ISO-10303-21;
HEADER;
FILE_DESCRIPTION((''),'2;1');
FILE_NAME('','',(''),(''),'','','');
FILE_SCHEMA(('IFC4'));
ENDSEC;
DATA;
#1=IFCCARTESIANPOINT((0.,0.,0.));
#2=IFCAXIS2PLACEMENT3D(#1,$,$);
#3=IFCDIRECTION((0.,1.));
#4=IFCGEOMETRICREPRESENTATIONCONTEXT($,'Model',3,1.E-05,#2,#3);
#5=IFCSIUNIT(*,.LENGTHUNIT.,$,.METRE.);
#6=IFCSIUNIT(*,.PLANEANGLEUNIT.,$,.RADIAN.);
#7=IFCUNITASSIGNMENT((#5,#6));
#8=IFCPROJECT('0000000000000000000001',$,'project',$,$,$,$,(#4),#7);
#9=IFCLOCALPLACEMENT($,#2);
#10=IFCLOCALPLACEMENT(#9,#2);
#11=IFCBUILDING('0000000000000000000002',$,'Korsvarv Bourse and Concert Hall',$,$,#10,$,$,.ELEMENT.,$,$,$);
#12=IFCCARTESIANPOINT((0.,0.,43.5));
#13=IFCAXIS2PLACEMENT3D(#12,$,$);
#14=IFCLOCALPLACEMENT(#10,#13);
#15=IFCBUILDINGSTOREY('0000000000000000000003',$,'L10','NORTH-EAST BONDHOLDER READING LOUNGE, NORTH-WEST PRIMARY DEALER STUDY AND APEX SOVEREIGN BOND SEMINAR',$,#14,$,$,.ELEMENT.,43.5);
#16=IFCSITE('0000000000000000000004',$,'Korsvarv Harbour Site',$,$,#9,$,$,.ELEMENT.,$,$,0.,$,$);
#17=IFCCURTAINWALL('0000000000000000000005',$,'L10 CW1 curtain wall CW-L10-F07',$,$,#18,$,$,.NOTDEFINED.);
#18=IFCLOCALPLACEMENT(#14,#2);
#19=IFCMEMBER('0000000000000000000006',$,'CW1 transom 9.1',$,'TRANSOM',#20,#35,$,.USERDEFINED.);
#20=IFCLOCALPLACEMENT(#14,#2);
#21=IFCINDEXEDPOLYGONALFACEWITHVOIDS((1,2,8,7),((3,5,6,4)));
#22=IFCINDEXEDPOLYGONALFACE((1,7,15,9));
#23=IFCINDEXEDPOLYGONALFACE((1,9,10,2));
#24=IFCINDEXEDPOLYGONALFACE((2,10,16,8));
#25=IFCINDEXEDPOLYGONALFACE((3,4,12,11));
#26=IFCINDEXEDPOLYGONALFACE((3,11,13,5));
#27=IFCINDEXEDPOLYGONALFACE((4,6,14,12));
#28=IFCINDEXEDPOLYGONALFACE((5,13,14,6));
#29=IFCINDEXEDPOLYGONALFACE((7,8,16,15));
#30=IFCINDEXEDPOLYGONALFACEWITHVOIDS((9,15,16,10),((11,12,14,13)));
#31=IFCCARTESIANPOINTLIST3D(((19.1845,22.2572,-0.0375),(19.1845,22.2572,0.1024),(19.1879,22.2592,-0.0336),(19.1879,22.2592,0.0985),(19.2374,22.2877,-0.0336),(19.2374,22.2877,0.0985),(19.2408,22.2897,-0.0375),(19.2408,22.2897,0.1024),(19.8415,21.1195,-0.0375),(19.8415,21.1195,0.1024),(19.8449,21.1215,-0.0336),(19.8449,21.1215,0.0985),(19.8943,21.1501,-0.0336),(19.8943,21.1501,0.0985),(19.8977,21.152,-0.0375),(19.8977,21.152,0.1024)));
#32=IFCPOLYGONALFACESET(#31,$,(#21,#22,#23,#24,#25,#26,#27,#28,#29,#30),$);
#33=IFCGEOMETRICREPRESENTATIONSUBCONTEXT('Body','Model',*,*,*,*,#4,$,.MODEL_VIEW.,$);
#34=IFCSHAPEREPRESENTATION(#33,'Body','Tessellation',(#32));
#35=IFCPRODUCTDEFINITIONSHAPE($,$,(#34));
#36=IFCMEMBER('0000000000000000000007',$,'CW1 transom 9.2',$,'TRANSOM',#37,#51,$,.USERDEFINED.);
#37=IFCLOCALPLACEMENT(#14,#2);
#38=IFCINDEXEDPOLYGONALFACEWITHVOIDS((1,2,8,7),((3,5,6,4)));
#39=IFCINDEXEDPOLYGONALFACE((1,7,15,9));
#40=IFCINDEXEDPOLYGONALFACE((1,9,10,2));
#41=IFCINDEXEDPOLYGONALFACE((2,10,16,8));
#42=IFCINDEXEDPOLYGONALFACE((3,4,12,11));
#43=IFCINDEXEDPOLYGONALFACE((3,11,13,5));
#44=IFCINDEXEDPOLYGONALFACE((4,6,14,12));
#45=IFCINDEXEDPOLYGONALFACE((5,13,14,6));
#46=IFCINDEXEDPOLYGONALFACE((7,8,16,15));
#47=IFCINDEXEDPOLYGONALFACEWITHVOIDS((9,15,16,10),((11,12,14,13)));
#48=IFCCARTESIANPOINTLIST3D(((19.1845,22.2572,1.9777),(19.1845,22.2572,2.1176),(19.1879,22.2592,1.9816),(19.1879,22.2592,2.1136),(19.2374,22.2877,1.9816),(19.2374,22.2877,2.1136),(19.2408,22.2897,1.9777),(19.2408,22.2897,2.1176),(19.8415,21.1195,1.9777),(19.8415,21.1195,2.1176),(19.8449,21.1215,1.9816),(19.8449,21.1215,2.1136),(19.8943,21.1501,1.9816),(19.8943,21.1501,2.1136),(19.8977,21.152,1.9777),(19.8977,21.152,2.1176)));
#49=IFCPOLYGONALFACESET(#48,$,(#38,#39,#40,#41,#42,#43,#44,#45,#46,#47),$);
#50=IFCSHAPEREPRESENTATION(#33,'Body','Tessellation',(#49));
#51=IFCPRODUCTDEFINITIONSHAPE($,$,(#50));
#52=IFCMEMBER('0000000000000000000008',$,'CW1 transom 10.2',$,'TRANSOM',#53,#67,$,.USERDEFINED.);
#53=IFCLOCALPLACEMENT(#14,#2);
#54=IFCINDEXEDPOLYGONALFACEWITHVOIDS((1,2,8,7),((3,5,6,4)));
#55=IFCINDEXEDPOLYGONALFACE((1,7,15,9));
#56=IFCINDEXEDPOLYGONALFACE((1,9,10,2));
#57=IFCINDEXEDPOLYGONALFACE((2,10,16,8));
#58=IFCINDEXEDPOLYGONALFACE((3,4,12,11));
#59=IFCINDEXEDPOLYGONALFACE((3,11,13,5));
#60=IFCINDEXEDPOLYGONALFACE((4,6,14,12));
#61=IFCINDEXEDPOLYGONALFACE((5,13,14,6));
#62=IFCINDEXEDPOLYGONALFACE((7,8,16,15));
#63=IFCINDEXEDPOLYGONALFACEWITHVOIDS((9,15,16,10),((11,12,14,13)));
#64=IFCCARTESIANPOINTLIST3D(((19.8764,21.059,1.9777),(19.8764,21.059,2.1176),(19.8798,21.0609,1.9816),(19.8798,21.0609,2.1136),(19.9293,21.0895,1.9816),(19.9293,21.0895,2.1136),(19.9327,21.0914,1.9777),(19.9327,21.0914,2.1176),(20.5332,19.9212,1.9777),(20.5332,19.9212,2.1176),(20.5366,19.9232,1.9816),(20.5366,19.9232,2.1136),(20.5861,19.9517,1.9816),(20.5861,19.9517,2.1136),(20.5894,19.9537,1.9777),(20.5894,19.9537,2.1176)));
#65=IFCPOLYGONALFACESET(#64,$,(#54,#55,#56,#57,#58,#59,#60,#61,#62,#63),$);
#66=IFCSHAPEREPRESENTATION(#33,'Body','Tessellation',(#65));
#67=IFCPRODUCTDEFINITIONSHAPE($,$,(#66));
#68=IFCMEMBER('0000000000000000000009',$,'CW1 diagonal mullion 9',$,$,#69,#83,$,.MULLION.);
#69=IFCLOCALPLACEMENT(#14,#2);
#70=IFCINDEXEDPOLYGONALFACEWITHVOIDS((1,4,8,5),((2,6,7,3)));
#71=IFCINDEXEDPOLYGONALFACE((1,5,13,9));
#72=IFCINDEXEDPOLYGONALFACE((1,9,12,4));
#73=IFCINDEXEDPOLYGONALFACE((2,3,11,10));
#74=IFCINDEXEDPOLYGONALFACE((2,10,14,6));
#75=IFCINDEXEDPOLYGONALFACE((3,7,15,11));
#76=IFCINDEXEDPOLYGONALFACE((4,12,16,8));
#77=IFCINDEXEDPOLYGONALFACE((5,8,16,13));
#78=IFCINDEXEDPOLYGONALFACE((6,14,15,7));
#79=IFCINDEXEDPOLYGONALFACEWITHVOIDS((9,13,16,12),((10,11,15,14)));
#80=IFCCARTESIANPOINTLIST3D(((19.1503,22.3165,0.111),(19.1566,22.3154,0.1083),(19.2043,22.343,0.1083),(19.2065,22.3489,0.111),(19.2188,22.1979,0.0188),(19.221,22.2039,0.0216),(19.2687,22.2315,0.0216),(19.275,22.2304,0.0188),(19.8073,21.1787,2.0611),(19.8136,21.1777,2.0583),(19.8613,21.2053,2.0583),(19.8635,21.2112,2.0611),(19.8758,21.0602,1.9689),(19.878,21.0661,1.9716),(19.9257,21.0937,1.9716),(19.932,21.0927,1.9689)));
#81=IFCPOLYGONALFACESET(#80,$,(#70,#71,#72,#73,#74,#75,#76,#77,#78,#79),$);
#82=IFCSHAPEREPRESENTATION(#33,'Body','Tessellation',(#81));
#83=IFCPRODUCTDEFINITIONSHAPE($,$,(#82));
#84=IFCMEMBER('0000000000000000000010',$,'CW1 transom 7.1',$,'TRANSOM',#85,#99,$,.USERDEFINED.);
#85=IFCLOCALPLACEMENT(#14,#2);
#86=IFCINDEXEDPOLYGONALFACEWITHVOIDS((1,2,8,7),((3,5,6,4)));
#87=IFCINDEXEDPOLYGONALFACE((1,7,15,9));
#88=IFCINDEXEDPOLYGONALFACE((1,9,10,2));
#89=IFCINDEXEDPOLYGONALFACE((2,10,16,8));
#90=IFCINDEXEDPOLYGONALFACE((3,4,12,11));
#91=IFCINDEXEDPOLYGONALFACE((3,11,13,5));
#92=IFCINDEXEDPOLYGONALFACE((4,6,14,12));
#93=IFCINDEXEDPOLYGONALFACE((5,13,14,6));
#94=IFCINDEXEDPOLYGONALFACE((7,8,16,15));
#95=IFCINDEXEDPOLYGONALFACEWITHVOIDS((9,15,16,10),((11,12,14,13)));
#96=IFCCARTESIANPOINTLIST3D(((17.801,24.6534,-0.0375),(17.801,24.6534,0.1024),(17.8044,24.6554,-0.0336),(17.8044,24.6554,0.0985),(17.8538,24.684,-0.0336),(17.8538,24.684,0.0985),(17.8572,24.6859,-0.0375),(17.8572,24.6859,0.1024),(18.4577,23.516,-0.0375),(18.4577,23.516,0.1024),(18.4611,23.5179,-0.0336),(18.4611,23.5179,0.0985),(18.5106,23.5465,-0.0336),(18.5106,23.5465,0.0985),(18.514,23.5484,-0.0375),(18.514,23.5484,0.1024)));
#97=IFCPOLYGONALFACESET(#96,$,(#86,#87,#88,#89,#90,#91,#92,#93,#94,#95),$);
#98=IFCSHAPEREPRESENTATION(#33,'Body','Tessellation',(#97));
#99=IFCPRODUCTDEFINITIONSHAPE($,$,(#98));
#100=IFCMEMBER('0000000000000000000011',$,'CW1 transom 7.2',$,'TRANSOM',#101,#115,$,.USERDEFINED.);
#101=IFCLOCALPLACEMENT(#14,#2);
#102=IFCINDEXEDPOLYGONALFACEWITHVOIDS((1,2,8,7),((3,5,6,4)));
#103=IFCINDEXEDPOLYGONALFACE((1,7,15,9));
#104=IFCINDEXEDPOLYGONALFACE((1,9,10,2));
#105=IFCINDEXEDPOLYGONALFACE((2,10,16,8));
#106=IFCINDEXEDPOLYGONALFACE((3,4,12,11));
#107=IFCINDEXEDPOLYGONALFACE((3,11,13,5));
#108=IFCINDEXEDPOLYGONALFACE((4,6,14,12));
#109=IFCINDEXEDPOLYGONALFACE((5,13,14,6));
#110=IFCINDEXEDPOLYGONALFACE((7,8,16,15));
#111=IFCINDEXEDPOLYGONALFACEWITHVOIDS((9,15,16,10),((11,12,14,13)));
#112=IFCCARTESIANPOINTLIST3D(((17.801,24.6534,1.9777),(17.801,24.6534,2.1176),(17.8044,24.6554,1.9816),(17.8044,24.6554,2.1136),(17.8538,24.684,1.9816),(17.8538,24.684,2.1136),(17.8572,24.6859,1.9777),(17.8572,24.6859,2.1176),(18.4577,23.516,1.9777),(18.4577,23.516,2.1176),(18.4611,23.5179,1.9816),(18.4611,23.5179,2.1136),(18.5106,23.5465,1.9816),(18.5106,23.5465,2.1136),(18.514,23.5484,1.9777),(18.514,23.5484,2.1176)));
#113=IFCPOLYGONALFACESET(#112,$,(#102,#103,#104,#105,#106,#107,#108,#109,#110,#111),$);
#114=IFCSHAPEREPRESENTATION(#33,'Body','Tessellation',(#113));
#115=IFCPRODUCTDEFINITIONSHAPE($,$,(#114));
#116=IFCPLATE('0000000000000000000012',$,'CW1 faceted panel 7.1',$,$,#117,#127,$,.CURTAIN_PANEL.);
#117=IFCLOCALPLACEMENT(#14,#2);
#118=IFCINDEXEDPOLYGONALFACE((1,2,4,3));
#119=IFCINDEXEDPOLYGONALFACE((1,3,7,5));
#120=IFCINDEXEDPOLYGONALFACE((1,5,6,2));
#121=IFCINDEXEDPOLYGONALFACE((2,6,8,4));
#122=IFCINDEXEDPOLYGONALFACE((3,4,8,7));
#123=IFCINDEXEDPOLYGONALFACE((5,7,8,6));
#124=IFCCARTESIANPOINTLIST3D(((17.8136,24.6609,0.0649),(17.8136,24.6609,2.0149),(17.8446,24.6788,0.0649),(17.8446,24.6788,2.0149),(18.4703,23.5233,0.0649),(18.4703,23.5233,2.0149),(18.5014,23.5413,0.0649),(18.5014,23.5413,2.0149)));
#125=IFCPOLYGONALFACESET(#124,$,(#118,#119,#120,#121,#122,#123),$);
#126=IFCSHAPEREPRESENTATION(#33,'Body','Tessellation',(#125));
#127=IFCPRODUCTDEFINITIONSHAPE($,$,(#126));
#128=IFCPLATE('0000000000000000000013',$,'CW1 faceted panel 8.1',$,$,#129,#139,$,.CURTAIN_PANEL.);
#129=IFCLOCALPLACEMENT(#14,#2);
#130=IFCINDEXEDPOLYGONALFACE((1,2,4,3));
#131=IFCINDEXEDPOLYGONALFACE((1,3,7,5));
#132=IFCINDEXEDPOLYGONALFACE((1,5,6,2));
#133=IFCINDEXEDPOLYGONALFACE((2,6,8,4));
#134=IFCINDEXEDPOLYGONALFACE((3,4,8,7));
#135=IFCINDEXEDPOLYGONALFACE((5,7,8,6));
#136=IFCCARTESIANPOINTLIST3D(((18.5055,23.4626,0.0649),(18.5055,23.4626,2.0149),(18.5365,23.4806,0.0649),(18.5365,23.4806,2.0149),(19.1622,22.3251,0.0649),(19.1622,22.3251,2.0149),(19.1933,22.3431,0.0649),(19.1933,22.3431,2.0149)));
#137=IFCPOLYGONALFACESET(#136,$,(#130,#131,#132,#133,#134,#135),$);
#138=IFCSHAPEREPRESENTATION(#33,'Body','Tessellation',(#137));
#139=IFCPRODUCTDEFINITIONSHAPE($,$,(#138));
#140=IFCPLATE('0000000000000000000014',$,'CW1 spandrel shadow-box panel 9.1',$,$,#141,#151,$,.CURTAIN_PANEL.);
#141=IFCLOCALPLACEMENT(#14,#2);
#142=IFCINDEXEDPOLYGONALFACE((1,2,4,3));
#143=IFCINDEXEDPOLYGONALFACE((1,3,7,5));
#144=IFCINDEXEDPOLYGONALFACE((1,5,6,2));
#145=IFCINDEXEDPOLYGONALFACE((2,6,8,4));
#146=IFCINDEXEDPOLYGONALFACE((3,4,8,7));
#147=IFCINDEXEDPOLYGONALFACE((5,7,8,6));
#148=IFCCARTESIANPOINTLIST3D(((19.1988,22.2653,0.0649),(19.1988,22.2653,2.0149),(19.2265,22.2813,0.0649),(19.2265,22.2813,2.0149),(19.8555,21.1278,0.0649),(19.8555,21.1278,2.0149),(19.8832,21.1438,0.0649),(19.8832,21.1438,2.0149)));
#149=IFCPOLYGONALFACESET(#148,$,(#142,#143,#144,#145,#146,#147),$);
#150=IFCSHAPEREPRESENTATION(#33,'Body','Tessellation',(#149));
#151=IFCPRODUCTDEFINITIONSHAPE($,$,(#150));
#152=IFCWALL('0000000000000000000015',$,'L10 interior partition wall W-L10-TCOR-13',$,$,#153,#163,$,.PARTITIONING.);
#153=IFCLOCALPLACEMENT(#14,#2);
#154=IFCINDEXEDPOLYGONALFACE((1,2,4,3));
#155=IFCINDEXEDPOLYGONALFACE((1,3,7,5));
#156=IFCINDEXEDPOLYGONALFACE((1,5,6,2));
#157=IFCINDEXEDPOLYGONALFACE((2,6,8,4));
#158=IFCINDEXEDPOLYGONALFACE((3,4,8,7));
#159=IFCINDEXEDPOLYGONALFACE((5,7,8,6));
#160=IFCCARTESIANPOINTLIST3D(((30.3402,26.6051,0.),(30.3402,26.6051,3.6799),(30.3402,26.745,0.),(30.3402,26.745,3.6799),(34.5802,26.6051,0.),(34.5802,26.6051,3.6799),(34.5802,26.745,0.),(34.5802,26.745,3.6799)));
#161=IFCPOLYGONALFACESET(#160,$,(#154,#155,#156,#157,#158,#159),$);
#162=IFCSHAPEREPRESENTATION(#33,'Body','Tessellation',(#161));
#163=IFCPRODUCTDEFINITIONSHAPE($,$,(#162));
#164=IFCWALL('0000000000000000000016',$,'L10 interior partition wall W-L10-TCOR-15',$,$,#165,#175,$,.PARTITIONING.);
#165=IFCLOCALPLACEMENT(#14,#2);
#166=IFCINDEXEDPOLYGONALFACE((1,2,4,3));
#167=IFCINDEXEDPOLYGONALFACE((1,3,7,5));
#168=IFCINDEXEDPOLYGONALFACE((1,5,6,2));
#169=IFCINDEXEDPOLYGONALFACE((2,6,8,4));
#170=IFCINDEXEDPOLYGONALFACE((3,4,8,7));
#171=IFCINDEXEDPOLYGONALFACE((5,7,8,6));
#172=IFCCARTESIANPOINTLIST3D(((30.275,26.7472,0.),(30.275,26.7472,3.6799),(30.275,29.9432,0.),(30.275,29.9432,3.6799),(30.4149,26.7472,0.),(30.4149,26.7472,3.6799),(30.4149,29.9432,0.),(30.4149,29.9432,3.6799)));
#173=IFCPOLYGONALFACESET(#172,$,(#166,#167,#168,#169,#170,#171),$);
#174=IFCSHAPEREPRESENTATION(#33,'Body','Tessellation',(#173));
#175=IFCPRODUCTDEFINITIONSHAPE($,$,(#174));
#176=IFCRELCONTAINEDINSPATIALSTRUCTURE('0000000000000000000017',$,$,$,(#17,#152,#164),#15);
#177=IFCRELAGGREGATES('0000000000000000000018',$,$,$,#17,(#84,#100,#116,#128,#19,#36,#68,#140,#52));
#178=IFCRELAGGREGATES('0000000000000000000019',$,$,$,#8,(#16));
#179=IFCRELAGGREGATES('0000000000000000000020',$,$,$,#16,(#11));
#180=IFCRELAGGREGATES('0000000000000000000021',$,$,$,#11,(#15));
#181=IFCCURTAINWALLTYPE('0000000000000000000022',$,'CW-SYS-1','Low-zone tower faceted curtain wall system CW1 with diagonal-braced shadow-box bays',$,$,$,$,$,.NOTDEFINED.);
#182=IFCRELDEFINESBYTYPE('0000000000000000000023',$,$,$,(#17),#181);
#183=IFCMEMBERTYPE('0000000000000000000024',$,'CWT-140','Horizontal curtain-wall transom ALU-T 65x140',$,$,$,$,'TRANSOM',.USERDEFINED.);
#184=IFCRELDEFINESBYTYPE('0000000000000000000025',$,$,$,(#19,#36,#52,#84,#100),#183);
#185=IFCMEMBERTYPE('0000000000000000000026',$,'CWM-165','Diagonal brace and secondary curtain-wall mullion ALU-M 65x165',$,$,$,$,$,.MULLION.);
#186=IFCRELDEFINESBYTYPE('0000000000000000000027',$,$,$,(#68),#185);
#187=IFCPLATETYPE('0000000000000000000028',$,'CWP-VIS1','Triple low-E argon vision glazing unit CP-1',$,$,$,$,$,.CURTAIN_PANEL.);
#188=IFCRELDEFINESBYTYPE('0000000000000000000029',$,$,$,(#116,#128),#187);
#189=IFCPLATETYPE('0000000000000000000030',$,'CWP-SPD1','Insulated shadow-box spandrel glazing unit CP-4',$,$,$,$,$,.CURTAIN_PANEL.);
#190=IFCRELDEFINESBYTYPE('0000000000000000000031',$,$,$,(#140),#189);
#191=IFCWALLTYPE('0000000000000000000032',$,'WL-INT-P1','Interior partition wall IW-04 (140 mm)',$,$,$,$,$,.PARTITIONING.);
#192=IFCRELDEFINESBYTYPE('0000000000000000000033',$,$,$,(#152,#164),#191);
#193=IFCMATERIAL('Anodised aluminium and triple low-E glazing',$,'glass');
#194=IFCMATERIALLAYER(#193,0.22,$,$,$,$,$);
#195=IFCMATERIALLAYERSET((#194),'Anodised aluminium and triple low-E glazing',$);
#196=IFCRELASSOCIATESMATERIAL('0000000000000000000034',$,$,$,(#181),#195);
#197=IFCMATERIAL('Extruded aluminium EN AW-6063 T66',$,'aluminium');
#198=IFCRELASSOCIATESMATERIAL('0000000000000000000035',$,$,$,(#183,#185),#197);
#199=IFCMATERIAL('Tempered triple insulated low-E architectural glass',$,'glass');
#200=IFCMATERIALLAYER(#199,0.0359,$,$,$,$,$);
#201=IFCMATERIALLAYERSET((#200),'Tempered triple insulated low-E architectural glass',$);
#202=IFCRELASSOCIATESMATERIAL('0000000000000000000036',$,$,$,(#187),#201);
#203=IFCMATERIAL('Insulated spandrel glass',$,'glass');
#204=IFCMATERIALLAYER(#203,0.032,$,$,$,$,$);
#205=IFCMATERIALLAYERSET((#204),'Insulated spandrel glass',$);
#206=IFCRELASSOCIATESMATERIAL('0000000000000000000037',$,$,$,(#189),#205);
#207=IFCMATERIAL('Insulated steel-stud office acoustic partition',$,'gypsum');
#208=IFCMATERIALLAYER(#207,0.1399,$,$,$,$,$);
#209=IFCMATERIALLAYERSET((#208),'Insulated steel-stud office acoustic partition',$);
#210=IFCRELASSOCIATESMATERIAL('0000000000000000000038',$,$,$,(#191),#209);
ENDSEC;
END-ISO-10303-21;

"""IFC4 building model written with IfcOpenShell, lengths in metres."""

from ifc_helpers import new_model, si_unit, direction, frame, frame_2d, origin, origin_2d, place, context, subcontext, project, spatial, rectangle, hollow_rectangle, extrude, source, transform, mapped, material, layer, layer_set, material_profile, profile_set, type_object, element, aggregate, save


model = new_model("IFC4")

# Units and contexts
model_context = context("Model", 3, precision=1e-05, world=origin(), true_north=direction((0.0, 1.0)))
body_context = subcontext(model_context, "Body", "Model", "MODEL_VIEW")
ifc_project = project(units=[si_unit("LENGTHUNIT", "METRE"), si_unit("PLANEANGLEUNIT", "RADIAN")], contexts=[model_context])

# Site, building, storey
site_placement = place(None, origin())
site = spatial("IfcSite", under=ifc_project, at=site_placement, Name="Korsvarv Harbour Site", CompositionType="ELEMENT", RefElevation=0.0)
building_placement = place(site_placement, origin())
building = spatial("IfcBuilding", under=site, at=building_placement, Name="Korsvarv Bourse and Concert Hall", CompositionType="ELEMENT")
storey_placement = place(building_placement, frame((0.0, 0.0, 43.5)))
storey = spatial("IfcBuildingStorey", under=building, at=storey_placement, Name="L10", Description="NORTH-EAST BONDHOLDER READING LOUNGE, NORTH-WEST PRIMARY DEALER STUDY AND APEX SOVEREIGN BOND SEMINAR", CompositionType="ELEMENT", Elevation=43.5)

# Curtain wall, members, plates
ifc_material_1 = material(Name="Anodised aluminium and triple low-E glazing", Category="glass")
ifc_layer_1 = layer(ifc_material_1, 0.22)
ifc_layer_set_1 = layer_set([ifc_layer_1], Name="Anodised aluminium and triple low-E glazing")
curtain_wall_type = type_object("IfcCurtainWallType", Name="CW-SYS-1", Description="Low-zone tower faceted curtain wall system CW1 with diagonal-braced shadow-box bays", PredefinedType="NOTDEFINED", material=ifc_layer_set_1)
curtain_wall_placement = place(storey_placement, origin())
curtain_wall = element("IfcCurtainWall", 1, at=curtain_wall_placement, inside=storey, type_object=curtain_wall_type, Name="L10 CW1 curtain wall CW-L10-F07", PredefinedType="NOTDEFINED")
ifc_material_2 = material(Name="Extruded aluminium EN AW-6063 T66", Category="aluminium")
ifc_material_profile_1 = material_profile(ifc_material_2, hollow_rectangle(XDim=0.0649, YDim=0.1399, WallThickness=0.0039, at=origin_2d()), Name="ALU-T 65x140")
ifc_profile_set_1 = profile_set([ifc_material_profile_1], Name="Extruded aluminium EN AW-6063 T66")
member_type_1 = type_object("IfcMemberType", Name="CWT-140", Description="Horizontal curtain-wall transom ALU-T 65x140", ElementType="TRANSOM", PredefinedType="USERDEFINED", material=ifc_profile_set_1)
shared_shape_1 = source(origin(), body_context, "Body", "SweptSolid", [
    extrude(hollow_rectangle(XDim=0.0649, YDim=0.1399, WallThickness=0.0039, at=origin_2d()), origin(), (0.0, 0.0, 1.0), 1.3137),
])
member_1_placement = place(storey_placement, frame((19.2126, 22.2734, 0.0325), z_axis=(0.500076, -0.865981, 0.0), x_axis=(0.865981, 0.500076, 0.0)))
member_1 = element("IfcMember", 2, at=member_1_placement, type_object=member_type_1, Name="CW1 transom 9.1", ObjectType="TRANSOM", PredefinedType="USERDEFINED", context=body_context, shape_type="MappedRepresentation", body=[
    mapped(shared_shape_1, transform((0.0, 0.0, 0.0), scale=1.0)),
])
member_2_placement = place(storey_placement, frame((19.2126, 22.2734, 2.0476), z_axis=(0.500076, -0.865981, 0.0), x_axis=(0.865981, 0.500076, 0.0)))
member_2 = element("IfcMember", 3, at=member_2_placement, type_object=member_type_1, Name="CW1 transom 9.2", ObjectType="TRANSOM", PredefinedType="USERDEFINED", context=body_context, shape_type="MappedRepresentation", body=[
    mapped(shared_shape_1, transform((0.0, 0.0, 0.0), scale=1.0)),
])
member_3_placement = place(storey_placement, frame((19.9045, 21.0752, 2.0476), z_axis=(0.499937, -0.866062, 0.0), x_axis=(0.866062, 0.499937, 0.0)))
member_3 = element("IfcMember", 4, at=member_3_placement, type_object=member_type_1, Name="CW1 transom 10.2", ObjectType="TRANSOM", PredefinedType="USERDEFINED", context=body_context, shape_type="MappedRepresentation", body=[
    mapped(shared_shape_1, transform((0.0, 0.0, 0.0), scale=1.0)),
])
ifc_material_profile_2 = material_profile(ifc_material_2, hollow_rectangle(XDim=0.0649, YDim=0.165, WallThickness=0.0049, at=origin_2d()), Name="ALU-M 65x165")
ifc_profile_set_2 = profile_set([ifc_material_profile_2], Name="Extruded aluminium EN AW-6063 T66")
member_type_2 = type_object("IfcMemberType", Name="CWM-165", Description="Diagonal brace and secondary curtain-wall mullion ALU-M 65x165", PredefinedType="MULLION", material=ifc_profile_set_2)
shared_shape_2 = source(origin(), body_context, "Body", "SweptSolid", [
    extrude(hollow_rectangle(XDim=0.0649, YDim=0.165, WallThickness=0.0049, at=origin_2d()), origin(), (0.0, 0.0, 1.0), 2.3513),
])
member_4_placement = place(storey_placement, frame((19.2126, 22.2734, 0.0649), z_axis=(0.279421, -0.483872, 0.829332), x_axis=(0.865981, 0.500076, 0.0)))
member_4 = element("IfcMember", 5, at=member_4_placement, type_object=member_type_2, Name="CW1 diagonal mullion 9", PredefinedType="MULLION", context=body_context, shape_type="MappedRepresentation", body=[
    mapped(shared_shape_2, transform((0.0, 0.0, 0.0), scale=1.0)),
])
shared_shape_3 = source(origin(), body_context, "Body", "SweptSolid", [
    extrude(hollow_rectangle(XDim=0.0649, YDim=0.1399, WallThickness=0.0039, at=origin_2d()), origin(), (0.0, 0.0, 1.0), 1.3135),
])
member_5_placement = place(storey_placement, frame((17.8291, 24.6697, 0.0325), z_axis=(0.500017, -0.866015, 0.0), x_axis=(0.866015, 0.500017, 0.0)))
member_5 = element("IfcMember", 6, at=member_5_placement, type_object=member_type_1, Name="CW1 transom 7.1", ObjectType="TRANSOM", PredefinedType="USERDEFINED", context=body_context, shape_type="MappedRepresentation", body=[
    mapped(shared_shape_3, transform((0.0, 0.0, 0.0), scale=1.0)),
])
member_6_placement = place(storey_placement, frame((17.8291, 24.6697, 2.0476), z_axis=(0.500017, -0.866015, 0.0), x_axis=(0.866015, 0.500017, 0.0)))
member_6 = element("IfcMember", 7, at=member_6_placement, type_object=member_type_1, Name="CW1 transom 7.2", ObjectType="TRANSOM", PredefinedType="USERDEFINED", context=body_context, shape_type="MappedRepresentation", body=[
    mapped(shared_shape_3, transform((0.0, 0.0, 0.0), scale=1.0)),
])
ifc_material_3 = material(Name="Tempered triple insulated low-E architectural glass", Category="glass")
ifc_layer_2 = layer(ifc_material_3, 0.0359)
ifc_layer_set_2 = layer_set([ifc_layer_2], Name="Tempered triple insulated low-E architectural glass")
plate_type_1 = type_object("IfcPlateType", Name="CWP-VIS1", Description="Triple low-E argon vision glazing unit CP-1", PredefinedType="CURTAIN_PANEL", material=ifc_layer_set_2)
shared_shape_4 = source(origin(), body_context, "Body", "SweptSolid", [
    extrude(rectangle(XDim=1.3135, YDim=0.0359, at=origin_2d()), origin(), (0.0, 0.0, 1.0), 1.95),
])
plate_1_placement = place(storey_placement, frame((18.1575, 24.1011, 0.0649), z_axis=(0.0, 0.0, 1.0), x_axis=(0.5, -0.866026, 0.0)))
plate_1 = element("IfcPlate", 8, at=plate_1_placement, type_object=plate_type_1, Name="CW1 faceted panel 7.1", PredefinedType="CURTAIN_PANEL", context=body_context, shape_type="MappedRepresentation", body=[
    mapped(shared_shape_4, transform((0.0, 0.0, 0.0), scale=1.0)),
])
plate_2_placement = place(storey_placement, frame((18.8494, 22.9028, 0.0649), z_axis=(0.0, 0.0, 1.0), x_axis=(0.5, -0.866026, 0.0)))
plate_2 = element("IfcPlate", 9, at=plate_2_placement, type_object=plate_type_1, Name="CW1 faceted panel 8.1", PredefinedType="CURTAIN_PANEL", context=body_context, shape_type="MappedRepresentation", body=[
    mapped(shared_shape_4, transform((0.0, 0.0, 0.0), scale=1.0)),
])
ifc_material_4 = material(Name="Insulated spandrel glass", Category="glass")
ifc_layer_3 = layer(ifc_material_4, 0.032)
ifc_layer_set_3 = layer_set([ifc_layer_3], Name="Insulated spandrel glass")
plate_type_2 = type_object("IfcPlateType", Name="CWP-SPD1", Description="Insulated shadow-box spandrel glazing unit CP-4", PredefinedType="CURTAIN_PANEL", material=ifc_layer_set_3)
shared_shape_5 = source(origin(), body_context, "Body", "SweptSolid", [
    extrude(rectangle(XDim=1.3135, YDim=0.032, at=origin_2d()), origin(), (0.0, 0.0, 1.0), 1.95),
])
plate_3_placement = place(storey_placement, frame((19.541, 21.7046, 0.0649), z_axis=(0.0, 0.0, 1.0), x_axis=(0.5, -0.866026, 0.0)))
plate_3 = element("IfcPlate", 10, at=plate_3_placement, type_object=plate_type_2, Name="CW1 spandrel shadow-box panel 9.1", PredefinedType="CURTAIN_PANEL", context=body_context, shape_type="MappedRepresentation", body=[
    mapped(shared_shape_5, transform((0.0, 0.0, 0.0), scale=1.0)),
])
aggregate(curtain_wall, [member_5, member_6, plate_1, plate_2, member_1, member_2, member_4, plate_3, member_3])

# Walls
ifc_material_5 = material(Name="Insulated steel-stud office acoustic partition", Category="gypsum")
ifc_layer_4 = layer(ifc_material_5, 0.1399)
ifc_layer_set_4 = layer_set([ifc_layer_4], Name="Insulated steel-stud office acoustic partition")
wall_type = type_object("IfcWallType", Name="WL-INT-P1", Description="Interior partition wall IW-04 (140 mm)", PredefinedType="PARTITIONING", material=ifc_layer_set_4)
wall_1_placement = place(storey_placement, frame((30.3401, 26.675, 0.0), z_axis=(0.0, 0.0, 1.0), x_axis=(1.0, 0.0, 0.0)))
element("IfcWall", 11, at=wall_1_placement, inside=storey, type_object=wall_type, Name="L10 interior partition wall W-L10-TCOR-13", PredefinedType="PARTITIONING", context=body_context, shape_type="SweptSolid", body=[
    extrude(rectangle(XDim=4.24, YDim=0.1399, at=frame_2d((2.1201, 0.0))), origin(), (0.0, 0.0, 1.0), 3.6799),
])
wall_2_placement = place(storey_placement, frame((30.345, 26.7471, 0.0), z_axis=(0.0, 0.0, 1.0), x_axis=(0.0, 1.0, 0.0)))
element("IfcWall", 12, at=wall_2_placement, inside=storey, type_object=wall_type, Name="L10 interior partition wall W-L10-TCOR-15", PredefinedType="PARTITIONING", context=body_context, shape_type="SweptSolid", body=[
    extrude(rectangle(XDim=3.196, YDim=0.1399, at=frame_2d((1.5981, 0.0))), origin(), (0.0, 0.0, 1.0), 3.6799),
])

save(model, "model.ifc")
